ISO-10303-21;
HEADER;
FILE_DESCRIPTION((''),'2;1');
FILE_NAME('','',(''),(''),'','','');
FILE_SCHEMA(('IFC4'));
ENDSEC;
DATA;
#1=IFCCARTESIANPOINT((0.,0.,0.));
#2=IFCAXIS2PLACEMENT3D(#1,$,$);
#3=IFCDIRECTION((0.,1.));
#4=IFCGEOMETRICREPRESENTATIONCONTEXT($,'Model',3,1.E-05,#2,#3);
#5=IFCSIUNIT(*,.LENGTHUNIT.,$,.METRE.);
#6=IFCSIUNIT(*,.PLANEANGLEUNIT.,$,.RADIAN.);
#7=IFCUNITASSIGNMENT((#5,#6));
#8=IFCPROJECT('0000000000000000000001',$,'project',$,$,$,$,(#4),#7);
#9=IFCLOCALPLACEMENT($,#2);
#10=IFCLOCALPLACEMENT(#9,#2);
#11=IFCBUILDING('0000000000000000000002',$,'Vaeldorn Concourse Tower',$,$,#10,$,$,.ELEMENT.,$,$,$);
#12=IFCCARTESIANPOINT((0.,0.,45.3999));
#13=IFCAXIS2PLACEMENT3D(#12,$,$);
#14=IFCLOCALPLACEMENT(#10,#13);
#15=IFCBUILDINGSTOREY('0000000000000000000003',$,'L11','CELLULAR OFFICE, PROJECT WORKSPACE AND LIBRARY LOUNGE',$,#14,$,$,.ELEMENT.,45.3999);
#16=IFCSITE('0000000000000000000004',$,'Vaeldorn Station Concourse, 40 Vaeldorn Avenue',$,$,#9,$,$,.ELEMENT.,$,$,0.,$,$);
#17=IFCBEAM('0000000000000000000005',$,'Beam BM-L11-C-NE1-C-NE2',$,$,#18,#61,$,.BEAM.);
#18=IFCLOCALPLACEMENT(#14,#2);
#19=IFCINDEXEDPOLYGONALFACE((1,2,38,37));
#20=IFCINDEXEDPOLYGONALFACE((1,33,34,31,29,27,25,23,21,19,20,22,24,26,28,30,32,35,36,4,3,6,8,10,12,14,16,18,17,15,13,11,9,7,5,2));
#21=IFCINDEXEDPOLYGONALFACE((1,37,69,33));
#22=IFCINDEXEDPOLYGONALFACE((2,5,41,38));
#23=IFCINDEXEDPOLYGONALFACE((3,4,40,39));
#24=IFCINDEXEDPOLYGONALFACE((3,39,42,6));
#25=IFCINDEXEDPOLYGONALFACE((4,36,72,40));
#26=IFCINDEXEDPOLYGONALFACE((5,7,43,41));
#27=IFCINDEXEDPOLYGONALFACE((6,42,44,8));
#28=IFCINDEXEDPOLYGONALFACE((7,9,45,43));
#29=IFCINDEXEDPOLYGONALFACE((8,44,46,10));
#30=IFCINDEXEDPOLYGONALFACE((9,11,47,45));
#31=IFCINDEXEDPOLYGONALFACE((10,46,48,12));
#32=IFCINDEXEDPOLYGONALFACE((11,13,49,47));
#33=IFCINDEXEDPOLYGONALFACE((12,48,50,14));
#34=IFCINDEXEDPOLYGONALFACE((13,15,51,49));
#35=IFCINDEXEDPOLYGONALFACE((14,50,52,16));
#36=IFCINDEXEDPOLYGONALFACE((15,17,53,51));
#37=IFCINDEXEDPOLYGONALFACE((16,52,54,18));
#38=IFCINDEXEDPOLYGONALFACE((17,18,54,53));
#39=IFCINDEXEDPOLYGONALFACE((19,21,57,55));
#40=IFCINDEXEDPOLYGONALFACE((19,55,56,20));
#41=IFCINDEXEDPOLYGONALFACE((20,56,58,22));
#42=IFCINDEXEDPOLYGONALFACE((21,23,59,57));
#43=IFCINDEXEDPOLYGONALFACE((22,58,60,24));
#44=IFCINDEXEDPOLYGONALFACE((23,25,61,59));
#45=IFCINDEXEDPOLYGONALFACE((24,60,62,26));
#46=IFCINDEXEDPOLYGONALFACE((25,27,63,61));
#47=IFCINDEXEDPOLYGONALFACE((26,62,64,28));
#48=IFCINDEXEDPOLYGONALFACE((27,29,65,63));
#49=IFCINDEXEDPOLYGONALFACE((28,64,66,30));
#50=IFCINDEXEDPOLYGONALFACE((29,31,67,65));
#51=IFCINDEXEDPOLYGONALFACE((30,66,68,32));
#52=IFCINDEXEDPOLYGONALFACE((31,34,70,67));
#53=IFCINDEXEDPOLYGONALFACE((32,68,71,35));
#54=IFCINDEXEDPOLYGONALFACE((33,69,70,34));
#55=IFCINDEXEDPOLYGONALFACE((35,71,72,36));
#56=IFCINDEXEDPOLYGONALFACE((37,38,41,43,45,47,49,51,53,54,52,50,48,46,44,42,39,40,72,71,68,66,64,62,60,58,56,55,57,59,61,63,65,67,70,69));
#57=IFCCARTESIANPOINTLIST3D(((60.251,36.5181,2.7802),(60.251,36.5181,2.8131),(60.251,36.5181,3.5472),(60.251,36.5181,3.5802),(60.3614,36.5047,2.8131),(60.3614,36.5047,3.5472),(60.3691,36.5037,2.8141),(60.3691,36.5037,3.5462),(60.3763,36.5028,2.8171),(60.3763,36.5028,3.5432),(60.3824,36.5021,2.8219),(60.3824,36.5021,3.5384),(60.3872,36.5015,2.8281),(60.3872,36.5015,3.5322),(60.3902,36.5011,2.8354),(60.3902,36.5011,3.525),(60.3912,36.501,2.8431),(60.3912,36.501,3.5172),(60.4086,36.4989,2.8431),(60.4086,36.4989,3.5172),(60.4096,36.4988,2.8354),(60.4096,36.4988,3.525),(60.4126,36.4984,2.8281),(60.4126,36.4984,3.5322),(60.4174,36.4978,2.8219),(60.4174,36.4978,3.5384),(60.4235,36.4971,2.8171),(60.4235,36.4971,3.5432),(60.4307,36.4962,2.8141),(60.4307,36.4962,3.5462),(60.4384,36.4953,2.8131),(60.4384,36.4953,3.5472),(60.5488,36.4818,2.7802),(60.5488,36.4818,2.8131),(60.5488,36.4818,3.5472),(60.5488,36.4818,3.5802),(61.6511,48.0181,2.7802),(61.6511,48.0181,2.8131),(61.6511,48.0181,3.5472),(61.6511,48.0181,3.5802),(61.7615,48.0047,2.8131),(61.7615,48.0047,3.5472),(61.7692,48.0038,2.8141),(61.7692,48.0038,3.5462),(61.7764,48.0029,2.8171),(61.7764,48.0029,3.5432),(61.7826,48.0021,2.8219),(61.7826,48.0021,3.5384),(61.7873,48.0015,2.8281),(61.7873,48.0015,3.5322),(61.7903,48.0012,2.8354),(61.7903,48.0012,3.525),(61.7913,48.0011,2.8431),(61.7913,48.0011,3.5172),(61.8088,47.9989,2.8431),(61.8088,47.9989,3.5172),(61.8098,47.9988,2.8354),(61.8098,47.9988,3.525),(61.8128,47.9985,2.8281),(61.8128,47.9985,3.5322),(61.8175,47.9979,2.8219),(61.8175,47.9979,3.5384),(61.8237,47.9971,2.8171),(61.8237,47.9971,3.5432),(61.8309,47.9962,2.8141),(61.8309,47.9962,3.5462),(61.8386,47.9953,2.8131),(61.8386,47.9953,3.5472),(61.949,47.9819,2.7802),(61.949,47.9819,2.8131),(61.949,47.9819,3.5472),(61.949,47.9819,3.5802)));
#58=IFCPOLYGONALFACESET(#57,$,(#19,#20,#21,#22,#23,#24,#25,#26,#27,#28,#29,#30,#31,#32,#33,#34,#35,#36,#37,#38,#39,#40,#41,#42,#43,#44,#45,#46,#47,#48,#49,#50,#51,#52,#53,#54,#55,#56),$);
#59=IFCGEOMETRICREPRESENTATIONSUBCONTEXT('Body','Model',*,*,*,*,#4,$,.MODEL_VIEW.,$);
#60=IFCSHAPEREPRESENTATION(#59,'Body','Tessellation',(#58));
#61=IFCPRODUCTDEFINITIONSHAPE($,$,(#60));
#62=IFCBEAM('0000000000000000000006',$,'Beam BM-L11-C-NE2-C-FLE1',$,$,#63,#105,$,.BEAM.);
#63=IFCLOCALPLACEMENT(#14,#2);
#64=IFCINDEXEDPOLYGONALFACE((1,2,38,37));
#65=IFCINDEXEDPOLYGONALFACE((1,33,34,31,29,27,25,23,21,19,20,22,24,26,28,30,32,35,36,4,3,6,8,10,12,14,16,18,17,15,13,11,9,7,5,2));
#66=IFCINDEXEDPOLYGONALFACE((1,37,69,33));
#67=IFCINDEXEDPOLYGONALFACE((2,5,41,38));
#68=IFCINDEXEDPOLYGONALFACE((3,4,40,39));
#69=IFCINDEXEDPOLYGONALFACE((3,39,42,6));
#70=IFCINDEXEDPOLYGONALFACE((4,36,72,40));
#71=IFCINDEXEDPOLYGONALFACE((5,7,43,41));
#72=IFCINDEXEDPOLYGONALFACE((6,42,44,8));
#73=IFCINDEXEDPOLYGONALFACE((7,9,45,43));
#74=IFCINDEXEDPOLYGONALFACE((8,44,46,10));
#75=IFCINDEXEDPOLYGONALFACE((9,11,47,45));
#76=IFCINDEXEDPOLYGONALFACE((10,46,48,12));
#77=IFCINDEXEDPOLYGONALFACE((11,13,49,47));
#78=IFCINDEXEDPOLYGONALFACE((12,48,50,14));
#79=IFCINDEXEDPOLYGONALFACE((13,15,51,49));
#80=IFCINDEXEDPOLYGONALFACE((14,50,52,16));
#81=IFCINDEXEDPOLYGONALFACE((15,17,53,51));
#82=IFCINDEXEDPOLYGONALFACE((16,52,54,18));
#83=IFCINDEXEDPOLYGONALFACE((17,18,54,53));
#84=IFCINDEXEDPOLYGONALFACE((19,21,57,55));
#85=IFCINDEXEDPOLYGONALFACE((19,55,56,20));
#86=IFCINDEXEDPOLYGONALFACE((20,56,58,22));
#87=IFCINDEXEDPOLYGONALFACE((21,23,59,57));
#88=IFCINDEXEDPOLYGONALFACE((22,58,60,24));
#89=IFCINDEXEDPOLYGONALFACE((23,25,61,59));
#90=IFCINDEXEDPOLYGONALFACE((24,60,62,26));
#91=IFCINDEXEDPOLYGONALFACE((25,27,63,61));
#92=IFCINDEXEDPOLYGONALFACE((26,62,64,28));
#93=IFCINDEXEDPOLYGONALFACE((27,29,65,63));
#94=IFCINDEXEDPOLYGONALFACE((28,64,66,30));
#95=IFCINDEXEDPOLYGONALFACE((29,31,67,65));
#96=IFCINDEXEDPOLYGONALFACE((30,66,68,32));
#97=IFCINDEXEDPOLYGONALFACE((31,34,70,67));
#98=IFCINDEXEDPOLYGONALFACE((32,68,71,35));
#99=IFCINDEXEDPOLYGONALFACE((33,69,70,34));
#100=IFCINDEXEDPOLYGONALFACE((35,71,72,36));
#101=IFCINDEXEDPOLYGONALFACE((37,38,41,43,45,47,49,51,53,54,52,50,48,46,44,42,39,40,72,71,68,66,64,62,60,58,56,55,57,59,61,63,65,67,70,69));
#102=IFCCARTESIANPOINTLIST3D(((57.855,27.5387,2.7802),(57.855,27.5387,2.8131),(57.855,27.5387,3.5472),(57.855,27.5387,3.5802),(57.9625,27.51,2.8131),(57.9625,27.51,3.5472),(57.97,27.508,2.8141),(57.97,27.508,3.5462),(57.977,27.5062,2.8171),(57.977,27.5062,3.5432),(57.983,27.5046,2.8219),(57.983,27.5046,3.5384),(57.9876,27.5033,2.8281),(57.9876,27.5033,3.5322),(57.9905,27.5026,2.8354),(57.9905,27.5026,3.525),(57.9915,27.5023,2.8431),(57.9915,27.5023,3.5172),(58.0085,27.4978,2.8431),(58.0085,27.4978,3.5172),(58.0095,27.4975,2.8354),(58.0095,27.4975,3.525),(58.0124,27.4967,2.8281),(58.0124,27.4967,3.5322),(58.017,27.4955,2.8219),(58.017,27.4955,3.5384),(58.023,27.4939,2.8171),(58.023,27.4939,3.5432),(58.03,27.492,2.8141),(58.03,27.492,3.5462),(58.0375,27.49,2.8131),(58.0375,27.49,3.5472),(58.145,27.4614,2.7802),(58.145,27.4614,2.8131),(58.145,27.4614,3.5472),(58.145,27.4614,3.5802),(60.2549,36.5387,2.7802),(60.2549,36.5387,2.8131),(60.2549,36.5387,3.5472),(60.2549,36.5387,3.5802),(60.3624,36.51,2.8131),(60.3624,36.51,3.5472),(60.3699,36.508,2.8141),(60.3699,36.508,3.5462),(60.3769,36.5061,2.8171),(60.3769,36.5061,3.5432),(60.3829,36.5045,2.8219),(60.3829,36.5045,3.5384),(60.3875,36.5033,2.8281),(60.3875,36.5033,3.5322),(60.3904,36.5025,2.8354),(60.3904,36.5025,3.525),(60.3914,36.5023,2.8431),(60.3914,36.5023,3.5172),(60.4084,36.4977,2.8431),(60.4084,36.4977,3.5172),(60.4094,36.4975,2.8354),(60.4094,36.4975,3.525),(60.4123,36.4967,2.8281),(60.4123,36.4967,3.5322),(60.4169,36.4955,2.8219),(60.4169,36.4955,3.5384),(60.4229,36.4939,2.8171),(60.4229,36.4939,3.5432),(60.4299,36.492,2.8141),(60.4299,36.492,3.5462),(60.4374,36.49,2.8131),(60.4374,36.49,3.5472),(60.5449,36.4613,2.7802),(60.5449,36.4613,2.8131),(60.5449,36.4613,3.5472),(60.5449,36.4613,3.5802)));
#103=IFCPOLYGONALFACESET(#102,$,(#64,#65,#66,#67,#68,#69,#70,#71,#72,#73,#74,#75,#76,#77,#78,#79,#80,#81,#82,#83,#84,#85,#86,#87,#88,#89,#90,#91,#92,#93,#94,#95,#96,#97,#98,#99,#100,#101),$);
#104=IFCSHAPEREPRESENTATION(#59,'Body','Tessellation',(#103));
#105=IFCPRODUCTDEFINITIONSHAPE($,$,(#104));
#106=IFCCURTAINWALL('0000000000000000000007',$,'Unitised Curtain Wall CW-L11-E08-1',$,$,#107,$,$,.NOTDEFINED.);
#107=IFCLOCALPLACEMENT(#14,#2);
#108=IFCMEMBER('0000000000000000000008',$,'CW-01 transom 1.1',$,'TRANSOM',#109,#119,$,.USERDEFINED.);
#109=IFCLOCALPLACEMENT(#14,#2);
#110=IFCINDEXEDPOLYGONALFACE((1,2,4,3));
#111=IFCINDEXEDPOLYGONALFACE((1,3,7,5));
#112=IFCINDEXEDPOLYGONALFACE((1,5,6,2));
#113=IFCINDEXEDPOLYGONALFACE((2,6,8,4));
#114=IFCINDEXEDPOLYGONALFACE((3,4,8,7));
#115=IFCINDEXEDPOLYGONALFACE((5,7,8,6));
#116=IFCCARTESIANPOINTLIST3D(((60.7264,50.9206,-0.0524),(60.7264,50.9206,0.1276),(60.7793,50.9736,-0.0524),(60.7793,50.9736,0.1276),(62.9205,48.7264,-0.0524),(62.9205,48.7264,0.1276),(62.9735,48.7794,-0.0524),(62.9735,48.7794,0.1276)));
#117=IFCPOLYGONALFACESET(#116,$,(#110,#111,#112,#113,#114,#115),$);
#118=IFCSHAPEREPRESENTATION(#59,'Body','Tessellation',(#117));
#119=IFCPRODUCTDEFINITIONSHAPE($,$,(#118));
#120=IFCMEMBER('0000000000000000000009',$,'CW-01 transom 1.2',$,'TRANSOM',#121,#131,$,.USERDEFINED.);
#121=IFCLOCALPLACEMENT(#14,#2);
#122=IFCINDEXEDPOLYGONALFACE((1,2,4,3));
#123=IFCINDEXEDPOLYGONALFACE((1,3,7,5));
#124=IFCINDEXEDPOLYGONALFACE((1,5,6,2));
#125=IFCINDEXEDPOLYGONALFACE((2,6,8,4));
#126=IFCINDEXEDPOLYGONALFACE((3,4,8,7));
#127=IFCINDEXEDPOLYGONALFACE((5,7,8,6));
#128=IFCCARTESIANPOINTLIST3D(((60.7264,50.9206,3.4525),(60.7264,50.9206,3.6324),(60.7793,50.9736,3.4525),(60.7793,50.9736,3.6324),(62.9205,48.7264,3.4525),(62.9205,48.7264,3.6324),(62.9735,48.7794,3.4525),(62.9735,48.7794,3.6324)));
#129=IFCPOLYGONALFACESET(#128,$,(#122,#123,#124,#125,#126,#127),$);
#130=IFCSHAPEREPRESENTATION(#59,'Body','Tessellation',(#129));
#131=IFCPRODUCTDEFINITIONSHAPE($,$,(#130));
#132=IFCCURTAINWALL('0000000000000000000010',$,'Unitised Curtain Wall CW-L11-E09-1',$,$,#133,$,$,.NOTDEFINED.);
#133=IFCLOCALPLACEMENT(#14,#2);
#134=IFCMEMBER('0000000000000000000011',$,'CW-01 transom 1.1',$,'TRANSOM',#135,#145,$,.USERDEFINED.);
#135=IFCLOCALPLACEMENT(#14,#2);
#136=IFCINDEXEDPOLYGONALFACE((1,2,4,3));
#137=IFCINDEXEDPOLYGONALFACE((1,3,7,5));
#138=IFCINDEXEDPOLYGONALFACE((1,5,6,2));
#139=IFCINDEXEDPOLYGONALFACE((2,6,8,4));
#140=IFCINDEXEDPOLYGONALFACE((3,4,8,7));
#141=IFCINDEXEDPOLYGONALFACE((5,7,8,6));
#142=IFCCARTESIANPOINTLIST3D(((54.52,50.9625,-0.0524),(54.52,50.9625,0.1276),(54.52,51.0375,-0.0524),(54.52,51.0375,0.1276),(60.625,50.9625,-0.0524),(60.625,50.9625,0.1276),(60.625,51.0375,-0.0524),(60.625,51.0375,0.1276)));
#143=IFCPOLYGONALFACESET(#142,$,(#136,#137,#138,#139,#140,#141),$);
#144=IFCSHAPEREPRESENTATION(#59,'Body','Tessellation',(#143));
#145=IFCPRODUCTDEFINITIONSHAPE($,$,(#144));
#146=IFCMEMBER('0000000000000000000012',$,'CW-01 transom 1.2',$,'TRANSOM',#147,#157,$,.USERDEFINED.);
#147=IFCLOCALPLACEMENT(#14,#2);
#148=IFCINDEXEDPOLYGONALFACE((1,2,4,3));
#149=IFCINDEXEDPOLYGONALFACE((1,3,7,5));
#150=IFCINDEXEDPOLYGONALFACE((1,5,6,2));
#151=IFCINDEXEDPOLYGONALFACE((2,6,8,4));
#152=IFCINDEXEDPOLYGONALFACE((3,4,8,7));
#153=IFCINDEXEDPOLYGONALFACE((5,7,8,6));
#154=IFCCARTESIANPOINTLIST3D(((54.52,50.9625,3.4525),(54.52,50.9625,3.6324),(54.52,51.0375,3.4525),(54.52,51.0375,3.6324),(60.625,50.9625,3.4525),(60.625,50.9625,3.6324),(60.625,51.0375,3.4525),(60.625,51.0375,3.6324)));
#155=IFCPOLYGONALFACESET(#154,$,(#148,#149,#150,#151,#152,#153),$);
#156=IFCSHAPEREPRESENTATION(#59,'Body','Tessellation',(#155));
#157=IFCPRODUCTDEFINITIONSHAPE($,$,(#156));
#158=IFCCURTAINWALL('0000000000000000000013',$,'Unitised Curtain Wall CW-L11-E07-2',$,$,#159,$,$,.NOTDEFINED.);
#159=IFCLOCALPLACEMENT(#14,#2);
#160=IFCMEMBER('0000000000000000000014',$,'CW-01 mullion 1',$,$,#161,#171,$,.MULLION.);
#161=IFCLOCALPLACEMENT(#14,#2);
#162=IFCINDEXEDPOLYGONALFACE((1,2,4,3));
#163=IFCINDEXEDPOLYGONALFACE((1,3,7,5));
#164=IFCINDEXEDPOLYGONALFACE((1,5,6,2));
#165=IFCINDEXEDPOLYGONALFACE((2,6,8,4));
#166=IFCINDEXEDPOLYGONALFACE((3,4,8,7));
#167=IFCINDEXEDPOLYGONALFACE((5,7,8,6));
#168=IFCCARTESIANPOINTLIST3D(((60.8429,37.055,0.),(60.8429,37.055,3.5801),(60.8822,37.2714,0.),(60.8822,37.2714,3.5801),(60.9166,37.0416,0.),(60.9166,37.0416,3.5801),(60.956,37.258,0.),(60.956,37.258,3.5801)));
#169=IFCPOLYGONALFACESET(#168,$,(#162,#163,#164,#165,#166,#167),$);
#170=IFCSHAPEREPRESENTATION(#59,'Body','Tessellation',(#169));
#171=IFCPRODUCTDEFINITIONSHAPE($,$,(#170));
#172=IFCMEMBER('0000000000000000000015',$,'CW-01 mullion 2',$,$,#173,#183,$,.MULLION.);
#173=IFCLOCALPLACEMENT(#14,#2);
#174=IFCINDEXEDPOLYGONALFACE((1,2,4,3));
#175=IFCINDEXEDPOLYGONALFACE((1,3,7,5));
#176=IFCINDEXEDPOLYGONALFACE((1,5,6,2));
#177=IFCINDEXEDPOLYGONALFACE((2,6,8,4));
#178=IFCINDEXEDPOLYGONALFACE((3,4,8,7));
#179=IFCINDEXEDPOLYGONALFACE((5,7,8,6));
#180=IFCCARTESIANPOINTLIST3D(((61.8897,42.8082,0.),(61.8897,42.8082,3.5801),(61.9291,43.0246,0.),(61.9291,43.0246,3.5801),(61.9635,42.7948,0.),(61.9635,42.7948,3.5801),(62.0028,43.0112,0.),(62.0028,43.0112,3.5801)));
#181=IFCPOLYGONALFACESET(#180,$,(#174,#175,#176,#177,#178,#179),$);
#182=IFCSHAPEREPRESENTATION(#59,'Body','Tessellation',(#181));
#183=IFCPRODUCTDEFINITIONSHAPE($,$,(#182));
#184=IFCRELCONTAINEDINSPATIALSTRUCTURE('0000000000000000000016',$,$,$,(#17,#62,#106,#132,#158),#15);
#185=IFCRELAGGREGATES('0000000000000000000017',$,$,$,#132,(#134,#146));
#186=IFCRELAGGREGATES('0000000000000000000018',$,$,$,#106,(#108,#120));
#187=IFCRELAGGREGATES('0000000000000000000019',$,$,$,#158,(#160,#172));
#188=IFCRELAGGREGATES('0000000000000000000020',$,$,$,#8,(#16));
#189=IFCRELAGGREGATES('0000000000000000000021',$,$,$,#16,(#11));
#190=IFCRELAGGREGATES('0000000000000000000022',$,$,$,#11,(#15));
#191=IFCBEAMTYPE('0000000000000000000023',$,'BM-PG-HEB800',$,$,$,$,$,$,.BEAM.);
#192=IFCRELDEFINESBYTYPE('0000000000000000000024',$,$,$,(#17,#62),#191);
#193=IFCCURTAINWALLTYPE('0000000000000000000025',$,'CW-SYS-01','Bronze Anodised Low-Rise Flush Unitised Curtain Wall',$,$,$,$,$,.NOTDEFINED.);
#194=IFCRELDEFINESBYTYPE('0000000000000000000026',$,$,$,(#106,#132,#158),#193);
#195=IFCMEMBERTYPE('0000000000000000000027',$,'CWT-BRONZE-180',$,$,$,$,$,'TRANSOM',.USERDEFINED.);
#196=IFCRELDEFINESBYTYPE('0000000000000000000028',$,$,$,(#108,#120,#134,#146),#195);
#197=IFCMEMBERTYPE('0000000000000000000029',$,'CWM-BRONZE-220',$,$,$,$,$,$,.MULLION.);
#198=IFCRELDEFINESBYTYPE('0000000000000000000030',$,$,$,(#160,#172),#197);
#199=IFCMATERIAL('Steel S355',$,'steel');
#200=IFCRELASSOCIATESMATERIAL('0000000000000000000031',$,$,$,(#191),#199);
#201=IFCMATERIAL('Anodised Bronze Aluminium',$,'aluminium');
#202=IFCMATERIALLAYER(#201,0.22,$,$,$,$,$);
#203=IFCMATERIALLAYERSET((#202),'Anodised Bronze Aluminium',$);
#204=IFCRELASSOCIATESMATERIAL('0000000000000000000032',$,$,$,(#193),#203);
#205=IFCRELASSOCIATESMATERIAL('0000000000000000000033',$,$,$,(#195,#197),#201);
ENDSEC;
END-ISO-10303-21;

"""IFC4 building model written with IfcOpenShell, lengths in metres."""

from ifc_helpers import new_model, si_unit, direction, frame, origin, origin_2d, place, context, subcontext, project, spatial, rectangle, i_section, extrude, source, transform, mapped, material, layer, layer_set, material_profile, profile_set, type_object, element, aggregate, save


model = new_model("IFC4")

# Units and contexts
model_context = context("Model", 3, precision=1e-05, world=origin(), true_north=direction((0.0, 1.0)))
body_context = subcontext(model_context, "Body", "Model", "MODEL_VIEW")
ifc_project = project(units=[si_unit("LENGTHUNIT", "METRE"), si_unit("PLANEANGLEUNIT", "RADIAN")], contexts=[model_context])

# Site, building, storey
site_placement = place(None, origin())
site = spatial("IfcSite", under=ifc_project, at=site_placement, Name="Vaeldorn Station Concourse, 40 Vaeldorn Avenue", CompositionType="ELEMENT", RefElevation=0.0)
building_placement = place(site_placement, origin())
building = spatial("IfcBuilding", under=site, at=building_placement, Name="Vaeldorn Concourse Tower", CompositionType="ELEMENT")
storey_placement = place(building_placement, frame((0.0, 0.0, 45.3999)))
storey = spatial("IfcBuildingStorey", under=building, at=storey_placement, Name="L11", Description="CELLULAR OFFICE, PROJECT WORKSPACE AND LIBRARY LOUNGE", CompositionType="ELEMENT", Elevation=45.3999)

# Beams
ifc_material_1 = material(Name="Steel S355", Category="steel")
ifc_material_profile_1 = material_profile(ifc_material_1, i_section(OverallWidth=0.3, OverallDepth=0.8, WebThickness=0.0176, FlangeThickness=0.033, FilletRadius=0.03, at=origin_2d()), Name="HEB 800")
ifc_profile_set_1 = profile_set([ifc_material_profile_1], Name="Steel S355")
beam_type = type_object("IfcBeamType", Name="BM-PG-HEB800", PredefinedType="BEAM", material=ifc_profile_set_1)
shared_shape_1 = source(origin(), body_context, "Body", "SweptSolid", [
    extrude(i_section(OverallWidth=0.3, OverallDepth=0.8, WebThickness=0.0176, FlangeThickness=0.033, FilletRadius=0.03, at=origin_2d()), origin(), (0.0, 0.0, 1.0), 11.585),
])
beam_1_placement = place(storey_placement, frame((61.8, 48.0, 3.1802), z_axis=(-0.120859, -0.99267, 0.0), x_axis=(0.99267, -0.120859, 0.0)))
element("IfcBeam", 1, at=beam_1_placement, inside=storey, type_object=beam_type, Name="Beam BM-L11-C-NE1-C-NE2", PredefinedType="BEAM", context=body_context, shape_type="MappedRepresentation", body=[
    mapped(shared_shape_1, transform((0.0, 0.0, 0.0), scale=1.0)),
])
shared_shape_2 = source(origin(), body_context, "Body", "SweptSolid", [
    extrude(i_section(OverallWidth=0.3, OverallDepth=0.8, WebThickness=0.0176, FlangeThickness=0.033, FilletRadius=0.03, at=origin_2d()), origin(), (0.0, 0.0, 1.0), 9.3145),
])
beam_2_placement = place(storey_placement, frame((60.3999, 36.5, 3.1802), z_axis=(-0.257653, -0.966238, 0.0), x_axis=(0.966238, -0.257653, 0.0)))
element("IfcBeam", 2, at=beam_2_placement, inside=storey, type_object=beam_type, Name="Beam BM-L11-C-NE2-C-FLE1", PredefinedType="BEAM", context=body_context, shape_type="MappedRepresentation", body=[
    mapped(shared_shape_2, transform((0.0, 0.0, 0.0), scale=1.0)),
])

# Curtain walls, members
ifc_material_2 = material(Name="Anodised Bronze Aluminium", Category="aluminium")
ifc_layer_1 = layer(ifc_material_2, 0.22)
ifc_layer_set_1 = layer_set([ifc_layer_1], Name="Anodised Bronze Aluminium")
curtain_wall_type = type_object("IfcCurtainWallType", Name="CW-SYS-01", Description="Bronze Anodised Low-Rise Flush Unitised Curtain Wall", PredefinedType="NOTDEFINED", material=ifc_layer_set_1)
curtain_wall_1_placement = place(storey_placement, origin())
curtain_wall_1 = element("IfcCurtainWall", 3, at=curtain_wall_1_placement, inside=storey, type_object=curtain_wall_type, Name="Unitised Curtain Wall CW-L11-E08-1", PredefinedType="NOTDEFINED")
ifc_material_profile_2 = material_profile(ifc_material_2, rectangle(XDim=0.075, YDim=0.1799, at=origin_2d()), Name="CWT 75x180")
ifc_profile_set_2 = profile_set([ifc_material_profile_2], Name="Anodised Bronze Aluminium")
member_type_1 = type_object("IfcMemberType", Name="CWT-BRONZE-180", ElementType="TRANSOM", PredefinedType="USERDEFINED", material=ifc_profile_set_2)
shared_shape_3 = source(origin(), body_context, "Body", "SweptSolid", [
    extrude(rectangle(XDim=0.075, YDim=0.1799, at=origin_2d()), origin(), (0.0, 0.0, 1.0), 3.103),
])
member_1_placement = place(storey_placement, frame((62.947, 48.7529, 0.0376), z_axis=(-0.707107, 0.707107, 0.0), x_axis=(-0.707107, -0.707107, 0.0)))
member_1 = element("IfcMember", 4, at=member_1_placement, type_object=member_type_1, Name="CW-01 transom 1.1", ObjectType="TRANSOM", PredefinedType="USERDEFINED", context=body_context, shape_type="MappedRepresentation", body=[
    mapped(shared_shape_3, transform((0.0, 0.0, 0.0), scale=1.0)),
])
member_2_placement = place(storey_placement, frame((62.947, 48.7529, 3.5425), z_axis=(-0.707107, 0.707107, 0.0), x_axis=(-0.707107, -0.707107, 0.0)))
member_2 = element("IfcMember", 5, at=member_2_placement, type_object=member_type_1, Name="CW-01 transom 1.2", ObjectType="TRANSOM", PredefinedType="USERDEFINED", context=body_context, shape_type="MappedRepresentation", body=[
    mapped(shared_shape_3, transform((0.0, 0.0, 0.0), scale=1.0)),
])
curtain_wall_2_placement = place(storey_placement, origin())
curtain_wall_2 = element("IfcCurtainWall", 6, at=curtain_wall_2_placement, inside=storey, type_object=curtain_wall_type, Name="Unitised Curtain Wall CW-L11-E09-1", PredefinedType="NOTDEFINED")
shared_shape_4 = source(origin(), body_context, "Body", "SweptSolid", [
    extrude(rectangle(XDim=0.075, YDim=0.1799, at=origin_2d()), origin(), (0.0, 0.0, 1.0), 6.105),
])
member_3_placement = place(storey_placement, frame((60.625, 51.0, 0.0376), z_axis=(-1.0, 0.0, 0.0), x_axis=(0.0, -1.0, 0.0)))
member_3 = element("IfcMember", 7, at=member_3_placement, type_object=member_type_1, Name="CW-01 transom 1.1", ObjectType="TRANSOM", PredefinedType="USERDEFINED", context=body_context, shape_type="MappedRepresentation", body=[
    mapped(shared_shape_4, transform((0.0, 0.0, 0.0), scale=1.0)),
])
member_4_placement = place(storey_placement, frame((60.625, 51.0, 3.5425), z_axis=(-1.0, 0.0, 0.0), x_axis=(0.0, -1.0, 0.0)))
member_4 = element("IfcMember", 8, at=member_4_placement, type_object=member_type_1, Name="CW-01 transom 1.2", ObjectType="TRANSOM", PredefinedType="USERDEFINED", context=body_context, shape_type="MappedRepresentation", body=[
    mapped(shared_shape_4, transform((0.0, 0.0, 0.0), scale=1.0)),
])
curtain_wall_3_placement = place(storey_placement, origin())
curtain_wall_3 = element("IfcCurtainWall", 9, at=curtain_wall_3_placement, inside=storey, type_object=curtain_wall_type, Name="Unitised Curtain Wall CW-L11-E07-2", PredefinedType="NOTDEFINED")
ifc_material_profile_3 = material_profile(ifc_material_2, rectangle(XDim=0.075, YDim=0.22, at=origin_2d()), Name="CWM 75x220")
ifc_profile_set_3 = profile_set([ifc_material_profile_3], Name="Anodised Bronze Aluminium")
member_type_2 = type_object("IfcMemberType", Name="CWM-BRONZE-220", PredefinedType="MULLION", material=ifc_profile_set_3)
shared_shape_5 = source(origin(), body_context, "Body", "SweptSolid", [
    extrude(rectangle(XDim=0.075, YDim=0.22, at=origin_2d()), origin(), (0.0, 0.0, 1.0), 3.5801),
])
member_5_placement = place(storey_placement, frame((60.8994, 37.1565, 0.0), z_axis=(0.0, 0.0, 1.0), x_axis=(-0.983844, 0.17903, 0.0)))
member_5 = element("IfcMember", 10, at=member_5_placement, type_object=member_type_2, Name="CW-01 mullion 1", PredefinedType="MULLION", context=body_context, shape_type="MappedRepresentation", body=[
    mapped(shared_shape_5, transform((0.0, 0.0, 0.0), scale=1.0)),
])
member_6_placement = place(storey_placement, frame((61.9463, 42.9097, 0.0), z_axis=(0.0, 0.0, 1.0), x_axis=(-0.983844, 0.17903, 0.0)))
member_6 = element("IfcMember", 11, at=member_6_placement, type_object=member_type_2, Name="CW-01 mullion 2", PredefinedType="MULLION", context=body_context, shape_type="MappedRepresentation", body=[
    mapped(shared_shape_5, transform((0.0, 0.0, 0.0), scale=1.0)),
])

aggregate(curtain_wall_2, [member_3, member_4])

aggregate(curtain_wall_1, [member_1, member_2])
aggregate(curtain_wall_3, [member_5, member_6])

save(model, "model.ifc")
